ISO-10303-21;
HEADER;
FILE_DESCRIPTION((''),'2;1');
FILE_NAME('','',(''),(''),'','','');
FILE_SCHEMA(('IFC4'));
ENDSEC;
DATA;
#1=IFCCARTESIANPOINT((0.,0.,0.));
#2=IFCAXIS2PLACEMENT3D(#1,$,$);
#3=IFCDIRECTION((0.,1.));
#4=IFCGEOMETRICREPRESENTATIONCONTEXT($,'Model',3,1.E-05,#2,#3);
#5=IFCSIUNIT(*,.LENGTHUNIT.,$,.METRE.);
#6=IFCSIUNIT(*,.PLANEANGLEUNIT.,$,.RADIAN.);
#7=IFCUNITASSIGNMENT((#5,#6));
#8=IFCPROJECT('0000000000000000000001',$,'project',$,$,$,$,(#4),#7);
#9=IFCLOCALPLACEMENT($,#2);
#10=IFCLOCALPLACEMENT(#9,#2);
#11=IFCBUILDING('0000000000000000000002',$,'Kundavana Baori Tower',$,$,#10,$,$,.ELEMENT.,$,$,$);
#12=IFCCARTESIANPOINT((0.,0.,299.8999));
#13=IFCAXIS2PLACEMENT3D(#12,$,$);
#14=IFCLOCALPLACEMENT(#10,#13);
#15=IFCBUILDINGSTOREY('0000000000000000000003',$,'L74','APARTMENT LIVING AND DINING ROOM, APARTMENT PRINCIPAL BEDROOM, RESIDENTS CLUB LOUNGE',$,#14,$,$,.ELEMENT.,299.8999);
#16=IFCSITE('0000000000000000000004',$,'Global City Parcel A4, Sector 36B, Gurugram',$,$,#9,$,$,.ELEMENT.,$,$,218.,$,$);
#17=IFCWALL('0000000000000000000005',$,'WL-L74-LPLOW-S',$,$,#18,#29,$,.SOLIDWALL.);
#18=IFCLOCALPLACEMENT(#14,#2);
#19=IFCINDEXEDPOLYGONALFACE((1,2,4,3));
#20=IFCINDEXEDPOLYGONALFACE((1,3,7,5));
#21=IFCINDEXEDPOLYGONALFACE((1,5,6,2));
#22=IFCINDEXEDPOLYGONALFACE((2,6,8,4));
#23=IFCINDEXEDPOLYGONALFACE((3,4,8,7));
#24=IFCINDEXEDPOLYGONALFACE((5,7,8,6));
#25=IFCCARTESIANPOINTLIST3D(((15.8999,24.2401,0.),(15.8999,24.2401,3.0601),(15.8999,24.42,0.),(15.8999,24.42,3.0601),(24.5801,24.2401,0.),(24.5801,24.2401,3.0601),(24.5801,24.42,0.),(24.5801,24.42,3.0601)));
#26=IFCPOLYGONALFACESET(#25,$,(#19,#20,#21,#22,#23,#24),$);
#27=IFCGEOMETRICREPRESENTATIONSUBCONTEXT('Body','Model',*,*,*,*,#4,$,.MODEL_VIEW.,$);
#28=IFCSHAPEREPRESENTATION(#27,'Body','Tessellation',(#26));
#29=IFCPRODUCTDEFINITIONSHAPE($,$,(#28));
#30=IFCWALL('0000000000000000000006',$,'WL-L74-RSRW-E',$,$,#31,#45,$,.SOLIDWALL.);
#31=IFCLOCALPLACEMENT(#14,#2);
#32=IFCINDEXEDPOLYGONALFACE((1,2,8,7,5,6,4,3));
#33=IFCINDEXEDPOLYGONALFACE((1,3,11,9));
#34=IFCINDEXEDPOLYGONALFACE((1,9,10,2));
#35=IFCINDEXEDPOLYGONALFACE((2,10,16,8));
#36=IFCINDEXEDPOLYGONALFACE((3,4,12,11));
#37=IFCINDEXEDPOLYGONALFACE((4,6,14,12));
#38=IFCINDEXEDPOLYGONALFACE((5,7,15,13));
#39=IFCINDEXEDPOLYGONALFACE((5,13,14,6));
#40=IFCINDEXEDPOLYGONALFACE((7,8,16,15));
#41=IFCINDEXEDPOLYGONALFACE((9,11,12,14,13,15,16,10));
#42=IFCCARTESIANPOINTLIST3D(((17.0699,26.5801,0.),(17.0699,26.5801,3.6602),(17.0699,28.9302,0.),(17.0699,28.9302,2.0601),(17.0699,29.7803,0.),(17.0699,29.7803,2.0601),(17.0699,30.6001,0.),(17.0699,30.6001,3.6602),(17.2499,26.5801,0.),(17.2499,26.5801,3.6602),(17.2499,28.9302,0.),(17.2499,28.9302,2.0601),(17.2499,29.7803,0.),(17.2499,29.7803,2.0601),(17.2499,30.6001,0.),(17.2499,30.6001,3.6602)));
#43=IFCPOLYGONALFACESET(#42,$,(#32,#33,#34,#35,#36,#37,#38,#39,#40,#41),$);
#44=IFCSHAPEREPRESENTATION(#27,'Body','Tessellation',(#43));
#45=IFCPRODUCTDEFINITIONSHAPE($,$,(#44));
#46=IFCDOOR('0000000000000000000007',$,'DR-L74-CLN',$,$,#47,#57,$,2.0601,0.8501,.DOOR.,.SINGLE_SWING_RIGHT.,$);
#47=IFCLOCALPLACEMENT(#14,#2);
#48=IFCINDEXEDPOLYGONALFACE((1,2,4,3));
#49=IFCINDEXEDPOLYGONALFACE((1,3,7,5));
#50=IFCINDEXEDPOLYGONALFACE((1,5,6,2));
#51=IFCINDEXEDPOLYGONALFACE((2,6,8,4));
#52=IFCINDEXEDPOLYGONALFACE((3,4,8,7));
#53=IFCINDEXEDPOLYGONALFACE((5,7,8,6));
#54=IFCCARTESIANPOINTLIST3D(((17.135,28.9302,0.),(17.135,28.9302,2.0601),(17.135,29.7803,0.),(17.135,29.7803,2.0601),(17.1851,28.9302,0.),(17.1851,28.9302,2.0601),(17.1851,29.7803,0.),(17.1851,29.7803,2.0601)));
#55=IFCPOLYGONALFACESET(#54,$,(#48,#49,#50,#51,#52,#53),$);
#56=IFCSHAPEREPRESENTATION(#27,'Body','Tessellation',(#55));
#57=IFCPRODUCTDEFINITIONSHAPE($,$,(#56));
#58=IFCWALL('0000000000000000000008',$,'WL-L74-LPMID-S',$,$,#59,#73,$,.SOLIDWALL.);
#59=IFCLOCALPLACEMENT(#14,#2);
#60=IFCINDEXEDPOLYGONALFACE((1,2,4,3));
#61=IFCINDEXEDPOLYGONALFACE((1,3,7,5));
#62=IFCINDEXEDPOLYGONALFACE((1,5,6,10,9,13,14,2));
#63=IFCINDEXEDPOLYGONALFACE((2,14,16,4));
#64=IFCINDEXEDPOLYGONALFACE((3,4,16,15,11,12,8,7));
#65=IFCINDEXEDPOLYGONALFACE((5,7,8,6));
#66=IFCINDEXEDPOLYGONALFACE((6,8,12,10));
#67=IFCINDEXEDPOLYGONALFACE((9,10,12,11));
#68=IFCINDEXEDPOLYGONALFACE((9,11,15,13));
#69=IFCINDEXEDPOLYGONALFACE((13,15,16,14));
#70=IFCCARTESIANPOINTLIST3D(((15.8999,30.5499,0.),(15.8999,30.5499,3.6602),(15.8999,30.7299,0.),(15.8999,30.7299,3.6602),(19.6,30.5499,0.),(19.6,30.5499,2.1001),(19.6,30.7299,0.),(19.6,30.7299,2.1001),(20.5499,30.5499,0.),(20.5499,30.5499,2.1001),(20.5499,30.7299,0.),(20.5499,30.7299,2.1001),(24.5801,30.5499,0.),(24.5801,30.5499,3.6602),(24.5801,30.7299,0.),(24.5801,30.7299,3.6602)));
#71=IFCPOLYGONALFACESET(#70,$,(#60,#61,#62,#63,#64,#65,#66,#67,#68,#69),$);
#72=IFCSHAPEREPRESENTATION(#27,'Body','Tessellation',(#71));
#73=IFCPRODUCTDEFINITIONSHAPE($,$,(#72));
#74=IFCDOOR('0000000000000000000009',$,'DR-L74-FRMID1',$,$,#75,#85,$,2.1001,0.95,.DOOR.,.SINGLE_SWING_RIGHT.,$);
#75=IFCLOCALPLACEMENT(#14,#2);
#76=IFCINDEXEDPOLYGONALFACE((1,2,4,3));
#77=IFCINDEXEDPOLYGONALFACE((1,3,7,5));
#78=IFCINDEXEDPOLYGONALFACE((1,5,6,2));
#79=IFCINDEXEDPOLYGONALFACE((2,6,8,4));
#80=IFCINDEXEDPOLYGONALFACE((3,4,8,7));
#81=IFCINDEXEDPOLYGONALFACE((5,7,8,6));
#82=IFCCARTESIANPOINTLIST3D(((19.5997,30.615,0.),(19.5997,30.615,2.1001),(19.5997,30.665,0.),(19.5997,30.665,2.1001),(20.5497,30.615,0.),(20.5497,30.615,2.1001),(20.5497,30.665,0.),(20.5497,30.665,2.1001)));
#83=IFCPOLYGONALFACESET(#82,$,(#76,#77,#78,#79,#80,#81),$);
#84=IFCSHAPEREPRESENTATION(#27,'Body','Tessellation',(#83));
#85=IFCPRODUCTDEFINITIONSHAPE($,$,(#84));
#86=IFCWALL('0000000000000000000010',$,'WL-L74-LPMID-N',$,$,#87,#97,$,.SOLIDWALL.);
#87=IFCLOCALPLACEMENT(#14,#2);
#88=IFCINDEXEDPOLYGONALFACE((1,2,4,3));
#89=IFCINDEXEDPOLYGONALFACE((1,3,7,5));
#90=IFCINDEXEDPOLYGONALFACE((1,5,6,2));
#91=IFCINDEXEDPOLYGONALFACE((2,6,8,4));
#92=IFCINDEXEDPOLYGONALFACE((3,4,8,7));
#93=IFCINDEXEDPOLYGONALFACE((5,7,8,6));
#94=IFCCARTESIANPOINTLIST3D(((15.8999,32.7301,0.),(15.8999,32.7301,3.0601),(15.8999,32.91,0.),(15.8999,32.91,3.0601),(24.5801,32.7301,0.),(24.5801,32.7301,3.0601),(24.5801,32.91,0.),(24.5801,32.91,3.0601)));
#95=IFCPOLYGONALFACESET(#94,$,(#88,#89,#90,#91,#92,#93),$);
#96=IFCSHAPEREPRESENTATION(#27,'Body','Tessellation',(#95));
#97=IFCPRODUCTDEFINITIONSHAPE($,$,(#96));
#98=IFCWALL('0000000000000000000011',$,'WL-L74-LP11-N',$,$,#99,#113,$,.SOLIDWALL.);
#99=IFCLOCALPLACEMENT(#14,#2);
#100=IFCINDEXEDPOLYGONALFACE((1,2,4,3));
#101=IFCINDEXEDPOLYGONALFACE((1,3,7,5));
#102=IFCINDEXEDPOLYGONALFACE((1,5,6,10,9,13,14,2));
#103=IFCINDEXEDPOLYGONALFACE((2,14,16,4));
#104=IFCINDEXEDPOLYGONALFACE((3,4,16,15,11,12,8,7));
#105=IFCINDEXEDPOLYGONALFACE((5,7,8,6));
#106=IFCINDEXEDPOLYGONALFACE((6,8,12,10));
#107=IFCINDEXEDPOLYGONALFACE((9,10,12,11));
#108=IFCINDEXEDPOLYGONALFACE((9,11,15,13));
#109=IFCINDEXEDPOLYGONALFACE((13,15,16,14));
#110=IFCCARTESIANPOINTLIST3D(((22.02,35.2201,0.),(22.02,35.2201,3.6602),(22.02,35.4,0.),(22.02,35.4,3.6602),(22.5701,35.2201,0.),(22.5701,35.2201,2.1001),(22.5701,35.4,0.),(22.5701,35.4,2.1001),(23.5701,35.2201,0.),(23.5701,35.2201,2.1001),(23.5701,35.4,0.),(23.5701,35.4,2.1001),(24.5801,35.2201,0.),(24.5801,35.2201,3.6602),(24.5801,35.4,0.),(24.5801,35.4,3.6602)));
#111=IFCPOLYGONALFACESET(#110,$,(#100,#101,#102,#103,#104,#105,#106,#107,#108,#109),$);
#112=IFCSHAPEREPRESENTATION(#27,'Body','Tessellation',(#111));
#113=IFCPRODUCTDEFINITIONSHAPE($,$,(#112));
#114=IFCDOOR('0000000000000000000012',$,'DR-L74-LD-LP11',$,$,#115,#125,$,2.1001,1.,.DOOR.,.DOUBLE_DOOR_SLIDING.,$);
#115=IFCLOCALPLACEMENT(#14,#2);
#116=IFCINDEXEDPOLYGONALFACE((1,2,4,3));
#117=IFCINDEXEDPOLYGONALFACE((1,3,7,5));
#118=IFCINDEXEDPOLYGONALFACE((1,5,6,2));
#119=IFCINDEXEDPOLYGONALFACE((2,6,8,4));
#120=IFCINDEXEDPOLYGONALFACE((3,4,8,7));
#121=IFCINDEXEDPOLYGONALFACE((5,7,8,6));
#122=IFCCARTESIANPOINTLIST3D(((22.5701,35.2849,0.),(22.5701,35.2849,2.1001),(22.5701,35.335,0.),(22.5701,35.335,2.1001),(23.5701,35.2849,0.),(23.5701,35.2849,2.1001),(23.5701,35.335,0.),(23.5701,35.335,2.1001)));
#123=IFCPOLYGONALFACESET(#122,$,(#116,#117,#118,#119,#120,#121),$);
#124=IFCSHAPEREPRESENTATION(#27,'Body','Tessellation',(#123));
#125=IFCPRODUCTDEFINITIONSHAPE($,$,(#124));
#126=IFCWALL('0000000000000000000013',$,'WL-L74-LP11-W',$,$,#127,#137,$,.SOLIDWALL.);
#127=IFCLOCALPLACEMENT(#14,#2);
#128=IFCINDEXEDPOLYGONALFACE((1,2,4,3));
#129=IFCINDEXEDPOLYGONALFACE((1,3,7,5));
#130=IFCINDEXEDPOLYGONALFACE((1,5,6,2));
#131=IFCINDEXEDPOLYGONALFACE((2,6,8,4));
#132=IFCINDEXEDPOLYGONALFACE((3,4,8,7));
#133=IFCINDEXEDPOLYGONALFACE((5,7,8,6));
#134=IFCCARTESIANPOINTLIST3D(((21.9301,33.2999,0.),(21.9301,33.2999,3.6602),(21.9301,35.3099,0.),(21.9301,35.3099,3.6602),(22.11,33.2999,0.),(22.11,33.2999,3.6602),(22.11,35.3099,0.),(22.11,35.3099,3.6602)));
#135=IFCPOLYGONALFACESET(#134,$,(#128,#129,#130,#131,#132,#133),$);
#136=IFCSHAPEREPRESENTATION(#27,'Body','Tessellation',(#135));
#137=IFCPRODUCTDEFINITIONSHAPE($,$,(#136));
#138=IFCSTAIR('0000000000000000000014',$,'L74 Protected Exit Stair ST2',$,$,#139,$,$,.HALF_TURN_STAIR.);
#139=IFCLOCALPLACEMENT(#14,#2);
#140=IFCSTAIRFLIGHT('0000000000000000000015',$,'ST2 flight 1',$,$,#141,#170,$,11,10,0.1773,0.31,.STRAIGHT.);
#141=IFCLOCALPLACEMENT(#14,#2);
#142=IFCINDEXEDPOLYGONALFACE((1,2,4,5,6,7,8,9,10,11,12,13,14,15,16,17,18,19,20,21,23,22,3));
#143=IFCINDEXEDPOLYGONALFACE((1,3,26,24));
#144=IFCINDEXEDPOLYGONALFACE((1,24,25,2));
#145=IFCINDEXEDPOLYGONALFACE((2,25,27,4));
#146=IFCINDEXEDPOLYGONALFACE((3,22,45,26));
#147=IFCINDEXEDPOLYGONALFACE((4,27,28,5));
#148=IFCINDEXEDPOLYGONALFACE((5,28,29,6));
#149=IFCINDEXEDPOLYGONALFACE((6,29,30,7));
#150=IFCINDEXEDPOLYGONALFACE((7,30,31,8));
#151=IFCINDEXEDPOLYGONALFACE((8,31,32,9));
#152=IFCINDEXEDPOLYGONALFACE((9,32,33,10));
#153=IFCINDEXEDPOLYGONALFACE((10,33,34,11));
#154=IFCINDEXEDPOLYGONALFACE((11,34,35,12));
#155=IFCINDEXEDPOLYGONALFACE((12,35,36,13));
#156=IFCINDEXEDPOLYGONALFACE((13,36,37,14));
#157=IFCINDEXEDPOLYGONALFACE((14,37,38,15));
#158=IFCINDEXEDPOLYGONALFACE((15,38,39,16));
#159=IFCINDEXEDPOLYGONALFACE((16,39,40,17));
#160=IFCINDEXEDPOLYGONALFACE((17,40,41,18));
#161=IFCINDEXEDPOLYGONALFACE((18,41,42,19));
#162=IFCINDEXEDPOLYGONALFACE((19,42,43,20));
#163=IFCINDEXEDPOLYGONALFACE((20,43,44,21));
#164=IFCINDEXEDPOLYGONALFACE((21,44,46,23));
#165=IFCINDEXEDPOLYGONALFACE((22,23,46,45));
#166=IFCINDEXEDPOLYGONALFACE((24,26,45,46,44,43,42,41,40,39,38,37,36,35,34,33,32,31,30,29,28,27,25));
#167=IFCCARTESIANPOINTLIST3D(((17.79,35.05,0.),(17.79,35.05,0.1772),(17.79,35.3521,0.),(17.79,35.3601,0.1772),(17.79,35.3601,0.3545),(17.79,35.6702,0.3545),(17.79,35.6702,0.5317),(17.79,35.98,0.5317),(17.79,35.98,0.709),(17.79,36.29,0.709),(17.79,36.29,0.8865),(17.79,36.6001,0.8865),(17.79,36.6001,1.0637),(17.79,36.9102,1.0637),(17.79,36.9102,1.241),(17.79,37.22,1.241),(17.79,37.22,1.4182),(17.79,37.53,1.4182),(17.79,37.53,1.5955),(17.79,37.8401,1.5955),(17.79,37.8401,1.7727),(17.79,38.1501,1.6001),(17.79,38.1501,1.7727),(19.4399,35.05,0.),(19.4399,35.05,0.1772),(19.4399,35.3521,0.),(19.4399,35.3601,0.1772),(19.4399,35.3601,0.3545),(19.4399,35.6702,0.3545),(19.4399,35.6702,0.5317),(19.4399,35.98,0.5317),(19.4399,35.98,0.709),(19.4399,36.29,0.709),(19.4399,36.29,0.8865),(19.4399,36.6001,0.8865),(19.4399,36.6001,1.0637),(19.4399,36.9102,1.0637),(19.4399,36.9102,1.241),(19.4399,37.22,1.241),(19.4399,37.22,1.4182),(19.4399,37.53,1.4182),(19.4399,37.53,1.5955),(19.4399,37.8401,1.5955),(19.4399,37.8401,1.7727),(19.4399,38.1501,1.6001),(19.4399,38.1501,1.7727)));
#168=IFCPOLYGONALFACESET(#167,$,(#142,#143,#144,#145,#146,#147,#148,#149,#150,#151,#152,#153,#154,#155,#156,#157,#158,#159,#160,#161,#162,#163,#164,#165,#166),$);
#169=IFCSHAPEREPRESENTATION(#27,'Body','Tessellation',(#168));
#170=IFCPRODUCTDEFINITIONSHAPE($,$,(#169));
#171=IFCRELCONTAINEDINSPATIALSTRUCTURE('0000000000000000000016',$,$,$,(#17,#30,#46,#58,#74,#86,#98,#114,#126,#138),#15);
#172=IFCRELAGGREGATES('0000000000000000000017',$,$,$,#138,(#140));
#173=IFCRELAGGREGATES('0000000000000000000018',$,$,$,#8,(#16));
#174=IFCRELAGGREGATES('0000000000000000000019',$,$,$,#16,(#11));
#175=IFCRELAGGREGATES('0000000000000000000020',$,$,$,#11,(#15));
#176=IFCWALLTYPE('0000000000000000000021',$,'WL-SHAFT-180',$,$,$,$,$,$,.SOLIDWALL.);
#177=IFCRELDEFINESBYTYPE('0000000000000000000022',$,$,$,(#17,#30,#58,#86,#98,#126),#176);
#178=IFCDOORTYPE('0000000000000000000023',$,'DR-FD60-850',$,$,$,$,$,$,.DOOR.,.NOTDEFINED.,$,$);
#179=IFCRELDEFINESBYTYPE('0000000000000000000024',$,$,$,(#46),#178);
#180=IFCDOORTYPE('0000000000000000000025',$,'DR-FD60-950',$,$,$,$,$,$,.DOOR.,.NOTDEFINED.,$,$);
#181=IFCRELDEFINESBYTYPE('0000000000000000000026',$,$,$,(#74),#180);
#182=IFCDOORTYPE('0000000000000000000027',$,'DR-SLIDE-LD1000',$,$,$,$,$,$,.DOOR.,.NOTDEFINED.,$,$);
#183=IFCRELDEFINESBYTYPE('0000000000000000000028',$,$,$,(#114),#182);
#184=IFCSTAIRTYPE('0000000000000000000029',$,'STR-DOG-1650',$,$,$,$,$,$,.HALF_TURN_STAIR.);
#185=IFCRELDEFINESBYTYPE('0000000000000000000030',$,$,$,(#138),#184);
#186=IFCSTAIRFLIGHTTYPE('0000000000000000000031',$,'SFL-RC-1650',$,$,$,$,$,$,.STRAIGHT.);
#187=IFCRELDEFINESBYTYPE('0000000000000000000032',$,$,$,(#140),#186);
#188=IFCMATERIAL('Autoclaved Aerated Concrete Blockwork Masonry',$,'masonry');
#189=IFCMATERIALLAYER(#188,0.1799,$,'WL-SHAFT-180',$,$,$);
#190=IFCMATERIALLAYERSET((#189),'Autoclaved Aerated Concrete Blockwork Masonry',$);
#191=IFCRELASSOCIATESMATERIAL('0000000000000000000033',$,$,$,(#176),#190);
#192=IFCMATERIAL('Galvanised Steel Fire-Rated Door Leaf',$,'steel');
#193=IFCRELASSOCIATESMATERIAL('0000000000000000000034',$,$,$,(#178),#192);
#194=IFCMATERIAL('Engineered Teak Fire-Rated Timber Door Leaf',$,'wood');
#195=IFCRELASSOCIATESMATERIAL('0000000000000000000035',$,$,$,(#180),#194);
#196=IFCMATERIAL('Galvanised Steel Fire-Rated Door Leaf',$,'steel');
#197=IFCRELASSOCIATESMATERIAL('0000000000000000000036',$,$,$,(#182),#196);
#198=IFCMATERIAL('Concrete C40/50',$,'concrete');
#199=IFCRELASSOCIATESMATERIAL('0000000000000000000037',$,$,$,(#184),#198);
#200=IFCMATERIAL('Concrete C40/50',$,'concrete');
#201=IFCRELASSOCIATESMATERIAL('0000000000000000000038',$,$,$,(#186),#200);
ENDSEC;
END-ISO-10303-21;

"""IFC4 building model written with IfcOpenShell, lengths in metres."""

from ifc_helpers import new_model, si_unit, direction, frame, frame_2d, origin, place, context, subcontext, project, spatial, polyline, rectangle, outline, extrude, material, layer, layer_set, type_object, element, fill, aggregate, save


model = new_model("IFC4")

# Units and contexts
model_context = context("Model", 3, precision=1e-05, world=origin(), true_north=direction((0.0, 1.0)))
body_context = subcontext(model_context, "Body", "Model", "MODEL_VIEW")
ifc_project = project(units=[si_unit("LENGTHUNIT", "METRE"), si_unit("PLANEANGLEUNIT", "RADIAN")], contexts=[model_context])

# Site, building, storey
site_placement = place(None, origin())
site = spatial("IfcSite", under=ifc_project, at=site_placement, Name="Global City Parcel A4, Sector 36B, Gurugram", CompositionType="ELEMENT", RefElevation=218.0)
building_placement = place(site_placement, origin())
building = spatial("IfcBuilding", under=site, at=building_placement, Name="Kundavana Baori Tower", CompositionType="ELEMENT")
storey_placement = place(building_placement, frame((0.0, 0.0, 299.8999)))
storey = spatial("IfcBuildingStorey", under=building, at=storey_placement, Name="L74", Description="APARTMENT LIVING AND DINING ROOM, APARTMENT PRINCIPAL BEDROOM, RESIDENTS CLUB LOUNGE", CompositionType="ELEMENT", Elevation=299.8999)

# Shared definitions
ifc_material_1 = material(Name="Autoclaved Aerated Concrete Blockwork Masonry", Category="masonry")
ifc_layer_1 = layer(ifc_material_1, 0.1799, Name="WL-SHAFT-180")
ifc_layer_set_1 = layer_set([ifc_layer_1], Name="Autoclaved Aerated Concrete Blockwork Masonry")
wall_type_1 = type_object("IfcWallType", Name="WL-SHAFT-180", PredefinedType="SOLIDWALL", material=ifc_layer_set_1)
ifc_material_2 = material(Name="Galvanised Steel Fire-Rated Door Leaf", Category="steel")
door_type_1 = type_object("IfcDoorType", Name="DR-FD60-850", OperationType="NOTDEFINED", PredefinedType="DOOR", material=ifc_material_2)
ifc_material_3 = material(Name="Engineered Teak Fire-Rated Timber Door Leaf", Category="wood")
door_type_2 = type_object("IfcDoorType", Name="DR-FD60-950", OperationType="NOTDEFINED", PredefinedType="DOOR", material=ifc_material_3)

# Wall
wall_1_placement = place(storey_placement, frame((15.8999, 24.3301, 0.0), z_axis=(0.0, 0.0, 1.0), x_axis=(1.0, 0.0, 0.0)))
element("IfcWall", 1, at=wall_1_placement, inside=storey, type_object=wall_type_1, Name="WL-L74-LPLOW-S", PredefinedType="SOLIDWALL", context=body_context, shape_type="SweptSolid", body=[
    extrude(rectangle(XDim=8.6802, YDim=0.1799, at=frame_2d((4.3401, 0.0))), origin(), (0.0, 0.0, 1.0), 3.0601),
])

# Walls, openings, doors
wall_2_placement = place(storey_placement, frame((17.1599, 26.5801, 0.0), z_axis=(0.0, 0.0, 1.0), x_axis=(0.0, 1.0, 0.0)))
wall_2 = element("IfcWall", 2, at=wall_2_placement, inside=storey, type_object=wall_type_1, Name="WL-L74-RSRW-E", PredefinedType="SOLIDWALL", context=body_context, shape_type="SweptSolid", body=[
    extrude(rectangle(XDim=4.02, YDim=0.1799, at=frame_2d((2.01, 0.0))), origin(), (0.0, 0.0, 1.0), 3.6602),
])
opening_1_placement = place(wall_2_placement, frame((2.3501, 0.0, 0.0)))
opening_1 = element("IfcOpeningElement", 3, at=opening_1_placement, cuts=wall_2, PredefinedType="OPENING", context=body_context, shape_type="SweptSolid", body=[
    extrude(rectangle(XDim=0.8501, YDim=2.0601, at=frame_2d((0.425, 1.03))), frame((0.0, 0.1001, 0.0), z_axis=(0.0, -1.0, 0.0), x_axis=(1.0, 0.0, 0.0)), (0.0, 0.0, 1.0), 0.2),
])
door_1_placement = place(opening_1_placement, origin())
door_1 = element("IfcDoor", 4, at=door_1_placement, inside=storey, type_object=door_type_1, Name="DR-L74-CLN", OperationType="SINGLE_SWING_RIGHT", OverallHeight=2.0601, OverallWidth=0.8501, PredefinedType="DOOR", context=body_context, shape_type="SweptSolid", body=[
    extrude(rectangle(XDim=0.8501, YDim=2.0601, at=frame_2d((0.425, 1.03))), frame((0.0, 0.0249, 0.0), z_axis=(0.0, -1.0, 0.0), x_axis=(1.0, 0.0, 0.0)), (0.0, 0.0, 1.0), 0.05),
])
fill(opening_1, door_1)
wall_3_placement = place(storey_placement, frame((15.8999, 30.6399, 0.0), z_axis=(0.0, 0.0, 1.0), x_axis=(1.0, 0.0, 0.0)))
wall_3 = element("IfcWall", 5, at=wall_3_placement, inside=storey, type_object=wall_type_1, Name="WL-L74-LPMID-S", PredefinedType="SOLIDWALL", context=body_context, shape_type="SweptSolid", body=[
    extrude(rectangle(XDim=8.6802, YDim=0.1799, at=frame_2d((4.3401, 0.0))), origin(), (0.0, 0.0, 1.0), 3.6602),
])
opening_2_placement = place(wall_3_placement, frame((3.7, 0.0, 0.0)))
opening_2 = element("IfcOpeningElement", 6, at=opening_2_placement, cuts=wall_3, PredefinedType="OPENING", context=body_context, shape_type="SweptSolid", body=[
    extrude(rectangle(XDim=0.95, YDim=2.1001, at=frame_2d((0.4751, 1.05))), frame((0.0, 0.1001, 0.0), z_axis=(0.0, -1.0, 0.0), x_axis=(1.0, 0.0, 0.0)), (0.0, 0.0, 1.0), 0.2),
])
door_2_placement = place(opening_2_placement, frame((0.95, 0.0, 0.0), z_axis=(0.0, 0.0, 1.0), x_axis=(-1.0, 0.0, 0.0)))
door_2 = element("IfcDoor", 7, at=door_2_placement, inside=storey, type_object=door_type_2, Name="DR-L74-FRMID1", OperationType="SINGLE_SWING_RIGHT", OverallHeight=2.1001, OverallWidth=0.95, PredefinedType="DOOR", context=body_context, shape_type="SweptSolid", body=[
    extrude(rectangle(XDim=0.95, YDim=2.1001, at=frame_2d((0.4751, 1.05))), frame((0.0, 0.0249, 0.0), z_axis=(0.0, -1.0, 0.0), x_axis=(1.0, 0.0, 0.0)), (0.0, 0.0, 1.0), 0.05),
])
fill(opening_2, door_2)

# Wall
wall_4_placement = place(storey_placement, frame((15.8999, 32.8201, 0.0), z_axis=(0.0, 0.0, 1.0), x_axis=(1.0, 0.0, 0.0)))
element("IfcWall", 8, at=wall_4_placement, inside=storey, type_object=wall_type_1, Name="WL-L74-LPMID-N", PredefinedType="SOLIDWALL", context=body_context, shape_type="SweptSolid", body=[
    extrude(rectangle(XDim=8.6802, YDim=0.1799, at=frame_2d((4.3401, 0.0))), origin(), (0.0, 0.0, 1.0), 3.0601),
])

# Wall, opening, door
wall_5_placement = place(storey_placement, frame((22.02, 35.3101, 0.0), z_axis=(0.0, 0.0, 1.0), x_axis=(1.0, 0.0, 0.0)))
wall_5 = element("IfcWall", 9, at=wall_5_placement, inside=storey, type_object=wall_type_1, Name="WL-L74-LP11-N", PredefinedType="SOLIDWALL", context=body_context, shape_type="SweptSolid", body=[
    extrude(rectangle(XDim=2.5601, YDim=0.1799, at=frame_2d((1.28, 0.0))), origin(), (0.0, 0.0, 1.0), 3.6602),
])
opening_3_placement = place(wall_5_placement, frame((0.55, 0.0, 0.0)))
opening_3 = element("IfcOpeningElement", 10, at=opening_3_placement, cuts=wall_5, PredefinedType="OPENING", context=body_context, shape_type="SweptSolid", body=[
    extrude(rectangle(XDim=1.0, YDim=2.1001, at=frame_2d((0.5, 1.05))), frame((0.0, 0.1001, 0.0), z_axis=(0.0, -1.0, 0.0), x_axis=(1.0, 0.0, 0.0)), (0.0, 0.0, 1.0), 0.2),
])
ifc_material_4 = material(Name="Galvanised Steel Fire-Rated Door Leaf", Category="steel")
door_type_3 = type_object("IfcDoorType", Name="DR-SLIDE-LD1000", OperationType="NOTDEFINED", PredefinedType="DOOR", material=ifc_material_4)
door_3_placement = place(opening_3_placement, origin())
door_3 = element("IfcDoor", 11, at=door_3_placement, inside=storey, type_object=door_type_3, Name="DR-L74-LD-LP11", OperationType="DOUBLE_DOOR_SLIDING", OverallHeight=2.1001, OverallWidth=1.0, PredefinedType="DOOR", context=body_context, shape_type="SweptSolid", body=[
    extrude(rectangle(XDim=1.0, YDim=2.1001, at=frame_2d((0.5, 1.05))), frame((0.0, 0.0249, 0.0), z_axis=(0.0, -1.0, 0.0), x_axis=(1.0, 0.0, 0.0)), (0.0, 0.0, 1.0), 0.05),
])
fill(opening_3, door_3)

# Wall
wall_6_placement = place(storey_placement, frame((22.02, 33.3, 0.0), z_axis=(0.0, 0.0, 1.0), x_axis=(0.0, 1.0, 0.0)))
element("IfcWall", 12, at=wall_6_placement, inside=storey, type_object=wall_type_1, Name="WL-L74-LP11-W", PredefinedType="SOLIDWALL", context=body_context, shape_type="SweptSolid", body=[
    extrude(rectangle(XDim=2.01, YDim=0.1799, at=frame_2d((1.0049, 0.0))), origin(), (0.0, 0.0, 1.0), 3.6602),
])

# Stair, stair flight
ifc_material_5 = material(Name="Concrete C40/50", Category="concrete")
stair_type = type_object("IfcStairType", Name="STR-DOG-1650", PredefinedType="HALF_TURN_STAIR", material=ifc_material_5)
stair_placement = place(storey_placement, origin())
stair = element("IfcStair", 13, at=stair_placement, inside=storey, type_object=stair_type, Name="L74 Protected Exit Stair ST2", PredefinedType="HALF_TURN_STAIR")
ifc_material_6 = material(Name="Concrete C40/50", Category="concrete")
stair_flight_type = type_object("IfcStairFlightType", Name="SFL-RC-1650", PredefinedType="STRAIGHT", material=ifc_material_6)
stair_flight_placement = place(storey_placement, frame((18.615, 35.05, 0.0), z_axis=(0.0, 0.0, 1.0), x_axis=(0.0, 1.0, 0.0)))
stair_flight = element("IfcStairFlight", 14, at=stair_flight_placement, type_object=stair_flight_type, Name="ST2 flight 1", NumberOfRisers=11, NumberOfTreads=10, PredefinedType="STRAIGHT", RiserHeight=0.1773, TreadLength=0.31, context=body_context, shape_type="SweptSolid", body=[
    extrude(outline(polyline([(0.0, 0.0), (0.0, 0.1772), (0.3101, 0.1772), (0.3101, 0.3545), (0.6201, 0.3545), (0.6201, 0.5317), (0.9299, 0.5317), (0.9299, 0.709), (1.24, 0.709), (1.24, 0.8865), (1.55, 0.8865), (1.55, 1.0637), (1.8601, 1.0637), (1.8601, 1.241), (2.1699, 1.241), (2.1699, 1.4182), (2.48, 1.4182), (2.48, 1.5955), (2.79, 1.5955), (2.79, 1.7727), (3.1001, 1.7727), (3.1001, 1.95), (3.1001, 1.6001), (0.302, 0.0), (0.0, 0.0)])), frame((0.0, 0.825, 0.0), z_axis=(0.0, -1.0, 0.0), x_axis=(1.0, 0.0, 0.0)), (0.0, 0.0, 1.0), 1.6499),
])
aggregate(stair, [stair_flight])

save(model, "model.ifc")
